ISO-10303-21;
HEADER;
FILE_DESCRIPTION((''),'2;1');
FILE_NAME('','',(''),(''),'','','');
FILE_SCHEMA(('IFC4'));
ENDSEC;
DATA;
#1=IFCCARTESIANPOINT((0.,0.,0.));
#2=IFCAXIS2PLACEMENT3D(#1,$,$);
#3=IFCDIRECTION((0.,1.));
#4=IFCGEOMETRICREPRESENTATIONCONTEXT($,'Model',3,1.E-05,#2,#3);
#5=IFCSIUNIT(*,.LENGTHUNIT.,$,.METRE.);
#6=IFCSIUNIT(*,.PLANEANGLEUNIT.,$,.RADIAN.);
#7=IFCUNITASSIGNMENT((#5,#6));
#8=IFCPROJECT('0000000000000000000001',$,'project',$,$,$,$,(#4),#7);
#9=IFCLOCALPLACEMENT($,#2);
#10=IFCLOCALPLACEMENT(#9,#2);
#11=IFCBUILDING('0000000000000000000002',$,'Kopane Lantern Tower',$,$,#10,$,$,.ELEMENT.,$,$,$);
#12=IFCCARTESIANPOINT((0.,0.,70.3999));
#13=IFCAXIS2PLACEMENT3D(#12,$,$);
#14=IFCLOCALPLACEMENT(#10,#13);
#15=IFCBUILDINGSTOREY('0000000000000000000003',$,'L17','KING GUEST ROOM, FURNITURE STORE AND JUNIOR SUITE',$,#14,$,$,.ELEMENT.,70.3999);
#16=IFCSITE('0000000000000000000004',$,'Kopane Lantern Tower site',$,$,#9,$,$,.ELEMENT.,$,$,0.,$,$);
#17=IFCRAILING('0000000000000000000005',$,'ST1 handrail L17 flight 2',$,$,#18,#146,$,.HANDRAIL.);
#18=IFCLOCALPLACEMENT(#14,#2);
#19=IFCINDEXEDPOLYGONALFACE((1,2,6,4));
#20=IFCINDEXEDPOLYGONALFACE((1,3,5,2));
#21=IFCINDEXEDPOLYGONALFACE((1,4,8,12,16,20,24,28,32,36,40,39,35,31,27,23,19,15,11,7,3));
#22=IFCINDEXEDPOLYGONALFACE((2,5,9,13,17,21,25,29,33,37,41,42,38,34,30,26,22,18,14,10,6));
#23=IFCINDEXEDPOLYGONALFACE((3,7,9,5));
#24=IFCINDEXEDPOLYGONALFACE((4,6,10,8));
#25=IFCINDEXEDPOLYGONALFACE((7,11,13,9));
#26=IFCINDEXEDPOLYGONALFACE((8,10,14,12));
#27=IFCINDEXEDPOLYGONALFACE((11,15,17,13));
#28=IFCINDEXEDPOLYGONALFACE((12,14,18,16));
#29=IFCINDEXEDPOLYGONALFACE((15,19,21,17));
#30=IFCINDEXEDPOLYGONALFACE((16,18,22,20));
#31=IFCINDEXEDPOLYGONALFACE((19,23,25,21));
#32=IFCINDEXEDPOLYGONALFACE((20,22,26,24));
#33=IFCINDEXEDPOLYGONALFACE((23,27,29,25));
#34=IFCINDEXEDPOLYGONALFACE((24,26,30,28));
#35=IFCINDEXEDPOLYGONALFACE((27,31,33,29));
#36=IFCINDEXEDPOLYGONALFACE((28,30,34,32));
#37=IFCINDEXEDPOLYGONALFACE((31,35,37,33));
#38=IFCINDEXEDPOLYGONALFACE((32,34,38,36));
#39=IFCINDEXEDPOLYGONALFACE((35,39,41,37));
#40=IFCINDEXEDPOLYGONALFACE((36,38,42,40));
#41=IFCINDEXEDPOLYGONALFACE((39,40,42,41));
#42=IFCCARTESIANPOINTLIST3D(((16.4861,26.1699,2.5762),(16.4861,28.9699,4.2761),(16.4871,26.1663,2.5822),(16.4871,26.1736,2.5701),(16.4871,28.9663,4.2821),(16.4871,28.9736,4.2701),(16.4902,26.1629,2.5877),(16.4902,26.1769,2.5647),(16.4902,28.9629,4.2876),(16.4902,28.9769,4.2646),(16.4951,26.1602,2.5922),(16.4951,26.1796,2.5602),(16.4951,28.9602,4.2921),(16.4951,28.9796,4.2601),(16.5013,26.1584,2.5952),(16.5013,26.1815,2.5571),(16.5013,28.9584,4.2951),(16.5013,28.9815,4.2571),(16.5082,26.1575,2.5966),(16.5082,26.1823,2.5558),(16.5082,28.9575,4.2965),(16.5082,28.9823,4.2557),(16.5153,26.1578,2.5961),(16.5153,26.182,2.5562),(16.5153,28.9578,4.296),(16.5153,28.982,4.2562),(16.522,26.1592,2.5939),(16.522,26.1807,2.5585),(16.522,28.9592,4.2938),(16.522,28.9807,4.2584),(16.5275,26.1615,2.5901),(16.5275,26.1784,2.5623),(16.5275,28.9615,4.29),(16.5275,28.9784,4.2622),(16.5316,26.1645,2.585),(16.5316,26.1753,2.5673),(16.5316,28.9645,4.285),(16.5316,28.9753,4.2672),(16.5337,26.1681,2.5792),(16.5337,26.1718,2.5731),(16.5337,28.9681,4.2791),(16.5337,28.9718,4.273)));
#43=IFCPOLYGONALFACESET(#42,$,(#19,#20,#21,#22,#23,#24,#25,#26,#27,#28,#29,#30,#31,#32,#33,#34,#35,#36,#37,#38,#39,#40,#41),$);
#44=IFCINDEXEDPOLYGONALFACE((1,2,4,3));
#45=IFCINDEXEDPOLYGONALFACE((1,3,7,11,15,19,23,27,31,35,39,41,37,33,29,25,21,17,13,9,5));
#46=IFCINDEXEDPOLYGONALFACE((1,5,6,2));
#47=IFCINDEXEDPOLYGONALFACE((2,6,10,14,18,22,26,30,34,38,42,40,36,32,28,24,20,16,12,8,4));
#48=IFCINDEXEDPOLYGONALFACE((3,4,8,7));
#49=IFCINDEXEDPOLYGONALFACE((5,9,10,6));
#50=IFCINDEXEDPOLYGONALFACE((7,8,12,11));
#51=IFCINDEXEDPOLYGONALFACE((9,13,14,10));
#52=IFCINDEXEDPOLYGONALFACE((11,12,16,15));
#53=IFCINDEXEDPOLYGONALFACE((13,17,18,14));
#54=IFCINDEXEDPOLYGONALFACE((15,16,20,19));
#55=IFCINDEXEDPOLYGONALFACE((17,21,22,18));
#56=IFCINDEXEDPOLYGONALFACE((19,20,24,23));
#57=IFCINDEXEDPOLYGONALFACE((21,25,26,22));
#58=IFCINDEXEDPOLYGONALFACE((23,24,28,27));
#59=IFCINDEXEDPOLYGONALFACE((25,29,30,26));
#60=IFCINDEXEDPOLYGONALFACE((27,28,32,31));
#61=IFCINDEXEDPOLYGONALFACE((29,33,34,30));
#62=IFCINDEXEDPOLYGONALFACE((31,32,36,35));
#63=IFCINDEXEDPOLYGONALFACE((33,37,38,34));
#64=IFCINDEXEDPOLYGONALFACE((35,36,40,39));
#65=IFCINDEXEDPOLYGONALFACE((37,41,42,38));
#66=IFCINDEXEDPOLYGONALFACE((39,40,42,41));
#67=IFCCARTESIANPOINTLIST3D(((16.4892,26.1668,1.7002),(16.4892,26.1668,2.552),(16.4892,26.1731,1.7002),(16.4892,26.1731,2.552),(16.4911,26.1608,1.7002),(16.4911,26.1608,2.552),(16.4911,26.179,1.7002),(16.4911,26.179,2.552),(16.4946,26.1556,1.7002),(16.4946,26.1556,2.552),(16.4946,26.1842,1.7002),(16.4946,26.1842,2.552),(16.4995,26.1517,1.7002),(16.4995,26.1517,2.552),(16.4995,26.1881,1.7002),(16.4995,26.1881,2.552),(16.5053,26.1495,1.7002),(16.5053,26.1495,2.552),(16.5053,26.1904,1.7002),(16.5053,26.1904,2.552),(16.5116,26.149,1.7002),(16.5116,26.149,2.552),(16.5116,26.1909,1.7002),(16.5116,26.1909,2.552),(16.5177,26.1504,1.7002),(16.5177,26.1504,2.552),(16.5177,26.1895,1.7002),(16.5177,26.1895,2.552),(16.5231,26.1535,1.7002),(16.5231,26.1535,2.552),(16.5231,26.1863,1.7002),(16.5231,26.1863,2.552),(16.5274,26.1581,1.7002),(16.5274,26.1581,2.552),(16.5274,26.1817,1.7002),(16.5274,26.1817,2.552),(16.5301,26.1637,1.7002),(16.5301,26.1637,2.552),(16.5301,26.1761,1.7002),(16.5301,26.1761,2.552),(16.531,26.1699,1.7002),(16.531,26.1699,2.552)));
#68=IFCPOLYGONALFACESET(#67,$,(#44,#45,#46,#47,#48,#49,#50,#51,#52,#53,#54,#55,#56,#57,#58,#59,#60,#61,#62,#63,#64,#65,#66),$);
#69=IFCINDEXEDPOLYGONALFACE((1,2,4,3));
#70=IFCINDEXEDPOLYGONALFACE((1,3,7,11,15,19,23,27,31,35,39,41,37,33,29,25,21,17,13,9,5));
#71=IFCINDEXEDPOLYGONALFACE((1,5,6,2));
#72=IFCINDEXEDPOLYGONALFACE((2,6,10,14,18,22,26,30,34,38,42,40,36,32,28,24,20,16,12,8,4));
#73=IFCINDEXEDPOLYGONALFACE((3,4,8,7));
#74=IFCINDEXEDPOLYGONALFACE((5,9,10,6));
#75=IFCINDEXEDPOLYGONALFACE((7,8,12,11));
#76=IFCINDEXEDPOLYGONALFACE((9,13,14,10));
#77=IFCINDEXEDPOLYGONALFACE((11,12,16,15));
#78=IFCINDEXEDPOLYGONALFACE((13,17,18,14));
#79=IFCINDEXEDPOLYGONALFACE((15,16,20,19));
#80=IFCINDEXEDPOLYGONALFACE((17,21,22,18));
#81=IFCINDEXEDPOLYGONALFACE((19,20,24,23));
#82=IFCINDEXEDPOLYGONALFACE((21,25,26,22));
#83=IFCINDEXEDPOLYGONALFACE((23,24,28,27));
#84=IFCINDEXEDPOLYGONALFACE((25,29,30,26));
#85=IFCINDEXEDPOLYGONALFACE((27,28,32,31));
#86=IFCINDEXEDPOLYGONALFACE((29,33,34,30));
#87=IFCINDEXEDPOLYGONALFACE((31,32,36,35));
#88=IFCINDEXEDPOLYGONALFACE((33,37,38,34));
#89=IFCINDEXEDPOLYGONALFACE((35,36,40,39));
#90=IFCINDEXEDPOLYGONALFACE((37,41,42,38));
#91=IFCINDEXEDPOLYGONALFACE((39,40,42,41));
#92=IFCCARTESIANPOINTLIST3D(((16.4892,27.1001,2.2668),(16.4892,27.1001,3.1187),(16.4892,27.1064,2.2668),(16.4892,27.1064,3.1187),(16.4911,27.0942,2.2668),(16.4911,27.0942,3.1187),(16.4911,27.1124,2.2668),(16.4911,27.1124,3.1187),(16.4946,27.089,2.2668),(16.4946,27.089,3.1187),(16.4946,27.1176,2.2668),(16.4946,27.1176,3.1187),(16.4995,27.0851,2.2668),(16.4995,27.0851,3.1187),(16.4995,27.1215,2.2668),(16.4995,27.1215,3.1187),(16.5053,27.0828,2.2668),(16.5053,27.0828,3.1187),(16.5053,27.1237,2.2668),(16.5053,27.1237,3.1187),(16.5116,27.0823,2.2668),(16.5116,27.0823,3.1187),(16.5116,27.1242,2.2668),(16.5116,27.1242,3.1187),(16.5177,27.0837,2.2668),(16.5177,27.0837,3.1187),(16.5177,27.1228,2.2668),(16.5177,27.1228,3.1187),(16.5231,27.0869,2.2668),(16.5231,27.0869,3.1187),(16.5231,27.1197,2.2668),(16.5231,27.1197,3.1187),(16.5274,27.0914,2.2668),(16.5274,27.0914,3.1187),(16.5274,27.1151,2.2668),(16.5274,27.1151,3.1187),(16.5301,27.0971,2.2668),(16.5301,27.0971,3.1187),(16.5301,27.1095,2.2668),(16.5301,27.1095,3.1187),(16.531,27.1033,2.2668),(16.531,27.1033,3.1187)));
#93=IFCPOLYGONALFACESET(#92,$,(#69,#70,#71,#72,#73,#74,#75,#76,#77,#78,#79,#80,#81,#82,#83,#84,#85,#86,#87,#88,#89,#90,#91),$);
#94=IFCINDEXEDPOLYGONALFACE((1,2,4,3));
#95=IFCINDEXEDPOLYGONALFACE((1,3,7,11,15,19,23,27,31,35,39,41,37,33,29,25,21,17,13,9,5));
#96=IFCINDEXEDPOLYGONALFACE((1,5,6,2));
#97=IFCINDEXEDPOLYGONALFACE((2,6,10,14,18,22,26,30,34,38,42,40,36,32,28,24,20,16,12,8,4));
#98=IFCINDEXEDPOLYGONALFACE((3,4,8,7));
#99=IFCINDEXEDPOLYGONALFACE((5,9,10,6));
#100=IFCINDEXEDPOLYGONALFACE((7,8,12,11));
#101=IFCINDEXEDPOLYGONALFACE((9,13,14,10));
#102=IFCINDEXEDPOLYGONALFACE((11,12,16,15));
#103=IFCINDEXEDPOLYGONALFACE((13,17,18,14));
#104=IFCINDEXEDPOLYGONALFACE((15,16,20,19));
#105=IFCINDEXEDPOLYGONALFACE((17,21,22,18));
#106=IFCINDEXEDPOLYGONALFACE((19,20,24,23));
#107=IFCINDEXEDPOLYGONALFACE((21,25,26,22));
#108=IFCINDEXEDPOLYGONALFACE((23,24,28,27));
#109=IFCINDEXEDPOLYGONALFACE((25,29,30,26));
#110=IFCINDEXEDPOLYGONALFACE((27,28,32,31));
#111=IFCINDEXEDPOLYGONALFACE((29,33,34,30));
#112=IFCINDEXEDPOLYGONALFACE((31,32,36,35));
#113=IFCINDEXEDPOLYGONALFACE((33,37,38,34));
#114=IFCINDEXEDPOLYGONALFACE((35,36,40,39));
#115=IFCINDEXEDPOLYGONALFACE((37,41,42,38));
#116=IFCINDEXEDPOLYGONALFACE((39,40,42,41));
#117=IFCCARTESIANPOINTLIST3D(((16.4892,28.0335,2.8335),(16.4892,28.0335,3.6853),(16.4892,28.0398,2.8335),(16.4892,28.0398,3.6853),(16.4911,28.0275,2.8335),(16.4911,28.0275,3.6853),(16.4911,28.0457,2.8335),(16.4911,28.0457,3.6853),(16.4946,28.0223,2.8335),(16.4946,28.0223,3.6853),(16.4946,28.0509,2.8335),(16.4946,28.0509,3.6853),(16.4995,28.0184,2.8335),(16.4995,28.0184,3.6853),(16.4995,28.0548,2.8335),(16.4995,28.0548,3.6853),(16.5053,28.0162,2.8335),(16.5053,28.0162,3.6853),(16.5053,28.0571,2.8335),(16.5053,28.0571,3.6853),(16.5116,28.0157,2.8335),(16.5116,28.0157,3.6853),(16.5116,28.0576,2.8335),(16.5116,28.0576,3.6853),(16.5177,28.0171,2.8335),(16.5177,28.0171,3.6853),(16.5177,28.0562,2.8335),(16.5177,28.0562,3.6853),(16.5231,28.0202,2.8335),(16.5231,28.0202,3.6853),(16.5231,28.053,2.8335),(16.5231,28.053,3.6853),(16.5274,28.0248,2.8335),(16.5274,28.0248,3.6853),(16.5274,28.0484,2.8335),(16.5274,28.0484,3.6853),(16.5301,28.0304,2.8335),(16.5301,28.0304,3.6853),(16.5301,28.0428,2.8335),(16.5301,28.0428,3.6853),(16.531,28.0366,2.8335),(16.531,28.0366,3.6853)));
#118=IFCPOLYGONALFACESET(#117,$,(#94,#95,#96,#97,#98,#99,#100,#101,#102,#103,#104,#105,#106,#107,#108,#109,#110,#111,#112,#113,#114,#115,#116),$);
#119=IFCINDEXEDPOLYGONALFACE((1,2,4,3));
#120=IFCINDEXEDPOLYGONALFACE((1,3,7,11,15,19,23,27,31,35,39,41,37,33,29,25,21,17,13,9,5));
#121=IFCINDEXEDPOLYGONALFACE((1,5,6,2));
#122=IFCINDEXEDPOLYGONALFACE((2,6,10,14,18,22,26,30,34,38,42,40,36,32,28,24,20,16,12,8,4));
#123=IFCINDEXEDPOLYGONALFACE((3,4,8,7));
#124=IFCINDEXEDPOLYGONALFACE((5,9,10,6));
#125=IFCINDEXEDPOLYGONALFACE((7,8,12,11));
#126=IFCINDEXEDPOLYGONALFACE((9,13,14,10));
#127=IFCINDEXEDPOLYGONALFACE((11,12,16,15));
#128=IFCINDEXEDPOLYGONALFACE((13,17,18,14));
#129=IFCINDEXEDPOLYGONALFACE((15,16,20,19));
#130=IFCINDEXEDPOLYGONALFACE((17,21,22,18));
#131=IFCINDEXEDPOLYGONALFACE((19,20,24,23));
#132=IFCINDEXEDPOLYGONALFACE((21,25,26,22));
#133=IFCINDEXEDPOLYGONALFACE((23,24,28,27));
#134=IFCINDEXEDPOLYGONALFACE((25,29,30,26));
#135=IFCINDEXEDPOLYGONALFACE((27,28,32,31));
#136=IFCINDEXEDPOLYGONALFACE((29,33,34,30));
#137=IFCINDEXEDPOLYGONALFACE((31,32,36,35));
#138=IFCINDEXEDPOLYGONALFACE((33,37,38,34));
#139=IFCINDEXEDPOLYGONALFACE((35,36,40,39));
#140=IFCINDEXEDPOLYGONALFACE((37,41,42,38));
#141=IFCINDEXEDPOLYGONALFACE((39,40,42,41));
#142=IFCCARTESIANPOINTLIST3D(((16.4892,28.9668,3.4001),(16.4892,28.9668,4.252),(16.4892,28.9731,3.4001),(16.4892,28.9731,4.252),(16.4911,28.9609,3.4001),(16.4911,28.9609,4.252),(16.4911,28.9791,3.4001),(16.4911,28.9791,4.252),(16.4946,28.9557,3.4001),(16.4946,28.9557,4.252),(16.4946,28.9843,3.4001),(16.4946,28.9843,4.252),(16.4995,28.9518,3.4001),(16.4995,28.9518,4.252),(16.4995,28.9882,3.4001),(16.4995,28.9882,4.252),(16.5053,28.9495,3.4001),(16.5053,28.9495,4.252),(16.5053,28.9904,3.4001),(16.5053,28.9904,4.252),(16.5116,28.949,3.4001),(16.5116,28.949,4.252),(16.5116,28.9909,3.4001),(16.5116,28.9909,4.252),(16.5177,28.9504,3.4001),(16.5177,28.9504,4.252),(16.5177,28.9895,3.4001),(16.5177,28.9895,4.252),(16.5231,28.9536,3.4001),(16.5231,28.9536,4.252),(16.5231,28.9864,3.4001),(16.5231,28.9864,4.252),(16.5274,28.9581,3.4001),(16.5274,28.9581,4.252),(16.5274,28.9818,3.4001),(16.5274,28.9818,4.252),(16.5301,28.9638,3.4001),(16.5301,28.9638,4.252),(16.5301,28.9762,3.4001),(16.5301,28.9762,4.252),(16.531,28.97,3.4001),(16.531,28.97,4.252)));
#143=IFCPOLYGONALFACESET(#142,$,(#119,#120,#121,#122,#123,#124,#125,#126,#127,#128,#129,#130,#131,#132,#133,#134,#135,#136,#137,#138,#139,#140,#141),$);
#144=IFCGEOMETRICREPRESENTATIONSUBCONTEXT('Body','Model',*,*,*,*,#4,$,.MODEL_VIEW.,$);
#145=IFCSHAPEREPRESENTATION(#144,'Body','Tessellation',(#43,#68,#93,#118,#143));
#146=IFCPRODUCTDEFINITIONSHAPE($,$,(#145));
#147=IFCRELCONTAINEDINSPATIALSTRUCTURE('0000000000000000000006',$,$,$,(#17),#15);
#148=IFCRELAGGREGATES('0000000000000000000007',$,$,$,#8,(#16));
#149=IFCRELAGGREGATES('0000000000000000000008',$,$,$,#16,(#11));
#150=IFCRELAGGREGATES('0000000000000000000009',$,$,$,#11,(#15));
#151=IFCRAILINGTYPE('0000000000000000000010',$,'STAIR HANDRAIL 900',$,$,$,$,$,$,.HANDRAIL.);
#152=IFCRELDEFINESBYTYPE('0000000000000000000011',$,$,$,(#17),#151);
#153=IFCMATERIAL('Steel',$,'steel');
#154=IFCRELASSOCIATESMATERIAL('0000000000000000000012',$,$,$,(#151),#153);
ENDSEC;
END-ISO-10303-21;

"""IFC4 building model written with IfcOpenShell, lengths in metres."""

from ifc_helpers import new_model, si_unit, direction, frame, origin, origin_2d, place, context, subcontext, project, spatial, circle, extrude, material, type_object, element, save


model = new_model("IFC4")

# Units and contexts
model_context = context("Model", 3, precision=1e-05, world=origin(), true_north=direction((0.0, 1.0)))
body_context = subcontext(model_context, "Body", "Model", "MODEL_VIEW")
ifc_project = project(units=[si_unit("LENGTHUNIT", "METRE"), si_unit("PLANEANGLEUNIT", "RADIAN")], contexts=[model_context])

# Site, building, storey
site_placement = place(None, origin())
site = spatial("IfcSite", under=ifc_project, at=site_placement, Name="Kopane Lantern Tower site", CompositionType="ELEMENT", RefElevation=0.0)
building_placement = place(site_placement, origin())
building = spatial("IfcBuilding", under=site, at=building_placement, Name="Kopane Lantern Tower", CompositionType="ELEMENT")
storey_placement = place(building_placement, frame((0.0, 0.0, 70.3999)))
storey = spatial("IfcBuildingStorey", under=building, at=storey_placement, Name="L17", Description="KING GUEST ROOM, FURNITURE STORE AND JUNIOR SUITE", CompositionType="ELEMENT", Elevation=70.3999)

# Railing
ifc_material_1 = material(Name="Steel", Category="steel")
railing_type_1 = type_object("IfcRailingType", Name="STAIR HANDRAIL 900", PredefinedType="HANDRAIL", material=ifc_material_1)
for number, where, name in (
    (1, (16.51, 26.1699, 1.7002), "ST1 handrail L17 flight 2"),
):
    element("IfcRailing", number, at=place(storey_placement, frame(where)), inside=storey, type_object=railing_type_1, Name=name, PredefinedType="HANDRAIL", context=body_context, shape_type="SweptSolid", body=[
        extrude(circle(Radius=0.0239, at=origin_2d()), frame((0.0, 0.0, 0.876), z_axis=(0.0, 0.854798, 0.518961), x_axis=(-1.0, 0.0, 0.0)), (0.0, 0.0, 1.0), 3.2756),
        extrude(circle(Radius=0.021, at=origin_2d()), origin(), (0.0, 0.0, 1.0), 0.8518),
        extrude(circle(Radius=0.021, at=origin_2d()), frame((0.0, 0.9333, 0.5667)), (0.0, 0.0, 1.0), 0.8518),
        extrude(circle(Radius=0.021, at=origin_2d()), frame((0.0, 1.8667, 1.1333)), (0.0, 0.0, 1.0), 0.8518),
        extrude(circle(Radius=0.021, at=origin_2d()), frame((0.0, 2.8, 1.7)), (0.0, 0.0, 1.0), 0.8518),
    ])

save(model, "model.ifc")
